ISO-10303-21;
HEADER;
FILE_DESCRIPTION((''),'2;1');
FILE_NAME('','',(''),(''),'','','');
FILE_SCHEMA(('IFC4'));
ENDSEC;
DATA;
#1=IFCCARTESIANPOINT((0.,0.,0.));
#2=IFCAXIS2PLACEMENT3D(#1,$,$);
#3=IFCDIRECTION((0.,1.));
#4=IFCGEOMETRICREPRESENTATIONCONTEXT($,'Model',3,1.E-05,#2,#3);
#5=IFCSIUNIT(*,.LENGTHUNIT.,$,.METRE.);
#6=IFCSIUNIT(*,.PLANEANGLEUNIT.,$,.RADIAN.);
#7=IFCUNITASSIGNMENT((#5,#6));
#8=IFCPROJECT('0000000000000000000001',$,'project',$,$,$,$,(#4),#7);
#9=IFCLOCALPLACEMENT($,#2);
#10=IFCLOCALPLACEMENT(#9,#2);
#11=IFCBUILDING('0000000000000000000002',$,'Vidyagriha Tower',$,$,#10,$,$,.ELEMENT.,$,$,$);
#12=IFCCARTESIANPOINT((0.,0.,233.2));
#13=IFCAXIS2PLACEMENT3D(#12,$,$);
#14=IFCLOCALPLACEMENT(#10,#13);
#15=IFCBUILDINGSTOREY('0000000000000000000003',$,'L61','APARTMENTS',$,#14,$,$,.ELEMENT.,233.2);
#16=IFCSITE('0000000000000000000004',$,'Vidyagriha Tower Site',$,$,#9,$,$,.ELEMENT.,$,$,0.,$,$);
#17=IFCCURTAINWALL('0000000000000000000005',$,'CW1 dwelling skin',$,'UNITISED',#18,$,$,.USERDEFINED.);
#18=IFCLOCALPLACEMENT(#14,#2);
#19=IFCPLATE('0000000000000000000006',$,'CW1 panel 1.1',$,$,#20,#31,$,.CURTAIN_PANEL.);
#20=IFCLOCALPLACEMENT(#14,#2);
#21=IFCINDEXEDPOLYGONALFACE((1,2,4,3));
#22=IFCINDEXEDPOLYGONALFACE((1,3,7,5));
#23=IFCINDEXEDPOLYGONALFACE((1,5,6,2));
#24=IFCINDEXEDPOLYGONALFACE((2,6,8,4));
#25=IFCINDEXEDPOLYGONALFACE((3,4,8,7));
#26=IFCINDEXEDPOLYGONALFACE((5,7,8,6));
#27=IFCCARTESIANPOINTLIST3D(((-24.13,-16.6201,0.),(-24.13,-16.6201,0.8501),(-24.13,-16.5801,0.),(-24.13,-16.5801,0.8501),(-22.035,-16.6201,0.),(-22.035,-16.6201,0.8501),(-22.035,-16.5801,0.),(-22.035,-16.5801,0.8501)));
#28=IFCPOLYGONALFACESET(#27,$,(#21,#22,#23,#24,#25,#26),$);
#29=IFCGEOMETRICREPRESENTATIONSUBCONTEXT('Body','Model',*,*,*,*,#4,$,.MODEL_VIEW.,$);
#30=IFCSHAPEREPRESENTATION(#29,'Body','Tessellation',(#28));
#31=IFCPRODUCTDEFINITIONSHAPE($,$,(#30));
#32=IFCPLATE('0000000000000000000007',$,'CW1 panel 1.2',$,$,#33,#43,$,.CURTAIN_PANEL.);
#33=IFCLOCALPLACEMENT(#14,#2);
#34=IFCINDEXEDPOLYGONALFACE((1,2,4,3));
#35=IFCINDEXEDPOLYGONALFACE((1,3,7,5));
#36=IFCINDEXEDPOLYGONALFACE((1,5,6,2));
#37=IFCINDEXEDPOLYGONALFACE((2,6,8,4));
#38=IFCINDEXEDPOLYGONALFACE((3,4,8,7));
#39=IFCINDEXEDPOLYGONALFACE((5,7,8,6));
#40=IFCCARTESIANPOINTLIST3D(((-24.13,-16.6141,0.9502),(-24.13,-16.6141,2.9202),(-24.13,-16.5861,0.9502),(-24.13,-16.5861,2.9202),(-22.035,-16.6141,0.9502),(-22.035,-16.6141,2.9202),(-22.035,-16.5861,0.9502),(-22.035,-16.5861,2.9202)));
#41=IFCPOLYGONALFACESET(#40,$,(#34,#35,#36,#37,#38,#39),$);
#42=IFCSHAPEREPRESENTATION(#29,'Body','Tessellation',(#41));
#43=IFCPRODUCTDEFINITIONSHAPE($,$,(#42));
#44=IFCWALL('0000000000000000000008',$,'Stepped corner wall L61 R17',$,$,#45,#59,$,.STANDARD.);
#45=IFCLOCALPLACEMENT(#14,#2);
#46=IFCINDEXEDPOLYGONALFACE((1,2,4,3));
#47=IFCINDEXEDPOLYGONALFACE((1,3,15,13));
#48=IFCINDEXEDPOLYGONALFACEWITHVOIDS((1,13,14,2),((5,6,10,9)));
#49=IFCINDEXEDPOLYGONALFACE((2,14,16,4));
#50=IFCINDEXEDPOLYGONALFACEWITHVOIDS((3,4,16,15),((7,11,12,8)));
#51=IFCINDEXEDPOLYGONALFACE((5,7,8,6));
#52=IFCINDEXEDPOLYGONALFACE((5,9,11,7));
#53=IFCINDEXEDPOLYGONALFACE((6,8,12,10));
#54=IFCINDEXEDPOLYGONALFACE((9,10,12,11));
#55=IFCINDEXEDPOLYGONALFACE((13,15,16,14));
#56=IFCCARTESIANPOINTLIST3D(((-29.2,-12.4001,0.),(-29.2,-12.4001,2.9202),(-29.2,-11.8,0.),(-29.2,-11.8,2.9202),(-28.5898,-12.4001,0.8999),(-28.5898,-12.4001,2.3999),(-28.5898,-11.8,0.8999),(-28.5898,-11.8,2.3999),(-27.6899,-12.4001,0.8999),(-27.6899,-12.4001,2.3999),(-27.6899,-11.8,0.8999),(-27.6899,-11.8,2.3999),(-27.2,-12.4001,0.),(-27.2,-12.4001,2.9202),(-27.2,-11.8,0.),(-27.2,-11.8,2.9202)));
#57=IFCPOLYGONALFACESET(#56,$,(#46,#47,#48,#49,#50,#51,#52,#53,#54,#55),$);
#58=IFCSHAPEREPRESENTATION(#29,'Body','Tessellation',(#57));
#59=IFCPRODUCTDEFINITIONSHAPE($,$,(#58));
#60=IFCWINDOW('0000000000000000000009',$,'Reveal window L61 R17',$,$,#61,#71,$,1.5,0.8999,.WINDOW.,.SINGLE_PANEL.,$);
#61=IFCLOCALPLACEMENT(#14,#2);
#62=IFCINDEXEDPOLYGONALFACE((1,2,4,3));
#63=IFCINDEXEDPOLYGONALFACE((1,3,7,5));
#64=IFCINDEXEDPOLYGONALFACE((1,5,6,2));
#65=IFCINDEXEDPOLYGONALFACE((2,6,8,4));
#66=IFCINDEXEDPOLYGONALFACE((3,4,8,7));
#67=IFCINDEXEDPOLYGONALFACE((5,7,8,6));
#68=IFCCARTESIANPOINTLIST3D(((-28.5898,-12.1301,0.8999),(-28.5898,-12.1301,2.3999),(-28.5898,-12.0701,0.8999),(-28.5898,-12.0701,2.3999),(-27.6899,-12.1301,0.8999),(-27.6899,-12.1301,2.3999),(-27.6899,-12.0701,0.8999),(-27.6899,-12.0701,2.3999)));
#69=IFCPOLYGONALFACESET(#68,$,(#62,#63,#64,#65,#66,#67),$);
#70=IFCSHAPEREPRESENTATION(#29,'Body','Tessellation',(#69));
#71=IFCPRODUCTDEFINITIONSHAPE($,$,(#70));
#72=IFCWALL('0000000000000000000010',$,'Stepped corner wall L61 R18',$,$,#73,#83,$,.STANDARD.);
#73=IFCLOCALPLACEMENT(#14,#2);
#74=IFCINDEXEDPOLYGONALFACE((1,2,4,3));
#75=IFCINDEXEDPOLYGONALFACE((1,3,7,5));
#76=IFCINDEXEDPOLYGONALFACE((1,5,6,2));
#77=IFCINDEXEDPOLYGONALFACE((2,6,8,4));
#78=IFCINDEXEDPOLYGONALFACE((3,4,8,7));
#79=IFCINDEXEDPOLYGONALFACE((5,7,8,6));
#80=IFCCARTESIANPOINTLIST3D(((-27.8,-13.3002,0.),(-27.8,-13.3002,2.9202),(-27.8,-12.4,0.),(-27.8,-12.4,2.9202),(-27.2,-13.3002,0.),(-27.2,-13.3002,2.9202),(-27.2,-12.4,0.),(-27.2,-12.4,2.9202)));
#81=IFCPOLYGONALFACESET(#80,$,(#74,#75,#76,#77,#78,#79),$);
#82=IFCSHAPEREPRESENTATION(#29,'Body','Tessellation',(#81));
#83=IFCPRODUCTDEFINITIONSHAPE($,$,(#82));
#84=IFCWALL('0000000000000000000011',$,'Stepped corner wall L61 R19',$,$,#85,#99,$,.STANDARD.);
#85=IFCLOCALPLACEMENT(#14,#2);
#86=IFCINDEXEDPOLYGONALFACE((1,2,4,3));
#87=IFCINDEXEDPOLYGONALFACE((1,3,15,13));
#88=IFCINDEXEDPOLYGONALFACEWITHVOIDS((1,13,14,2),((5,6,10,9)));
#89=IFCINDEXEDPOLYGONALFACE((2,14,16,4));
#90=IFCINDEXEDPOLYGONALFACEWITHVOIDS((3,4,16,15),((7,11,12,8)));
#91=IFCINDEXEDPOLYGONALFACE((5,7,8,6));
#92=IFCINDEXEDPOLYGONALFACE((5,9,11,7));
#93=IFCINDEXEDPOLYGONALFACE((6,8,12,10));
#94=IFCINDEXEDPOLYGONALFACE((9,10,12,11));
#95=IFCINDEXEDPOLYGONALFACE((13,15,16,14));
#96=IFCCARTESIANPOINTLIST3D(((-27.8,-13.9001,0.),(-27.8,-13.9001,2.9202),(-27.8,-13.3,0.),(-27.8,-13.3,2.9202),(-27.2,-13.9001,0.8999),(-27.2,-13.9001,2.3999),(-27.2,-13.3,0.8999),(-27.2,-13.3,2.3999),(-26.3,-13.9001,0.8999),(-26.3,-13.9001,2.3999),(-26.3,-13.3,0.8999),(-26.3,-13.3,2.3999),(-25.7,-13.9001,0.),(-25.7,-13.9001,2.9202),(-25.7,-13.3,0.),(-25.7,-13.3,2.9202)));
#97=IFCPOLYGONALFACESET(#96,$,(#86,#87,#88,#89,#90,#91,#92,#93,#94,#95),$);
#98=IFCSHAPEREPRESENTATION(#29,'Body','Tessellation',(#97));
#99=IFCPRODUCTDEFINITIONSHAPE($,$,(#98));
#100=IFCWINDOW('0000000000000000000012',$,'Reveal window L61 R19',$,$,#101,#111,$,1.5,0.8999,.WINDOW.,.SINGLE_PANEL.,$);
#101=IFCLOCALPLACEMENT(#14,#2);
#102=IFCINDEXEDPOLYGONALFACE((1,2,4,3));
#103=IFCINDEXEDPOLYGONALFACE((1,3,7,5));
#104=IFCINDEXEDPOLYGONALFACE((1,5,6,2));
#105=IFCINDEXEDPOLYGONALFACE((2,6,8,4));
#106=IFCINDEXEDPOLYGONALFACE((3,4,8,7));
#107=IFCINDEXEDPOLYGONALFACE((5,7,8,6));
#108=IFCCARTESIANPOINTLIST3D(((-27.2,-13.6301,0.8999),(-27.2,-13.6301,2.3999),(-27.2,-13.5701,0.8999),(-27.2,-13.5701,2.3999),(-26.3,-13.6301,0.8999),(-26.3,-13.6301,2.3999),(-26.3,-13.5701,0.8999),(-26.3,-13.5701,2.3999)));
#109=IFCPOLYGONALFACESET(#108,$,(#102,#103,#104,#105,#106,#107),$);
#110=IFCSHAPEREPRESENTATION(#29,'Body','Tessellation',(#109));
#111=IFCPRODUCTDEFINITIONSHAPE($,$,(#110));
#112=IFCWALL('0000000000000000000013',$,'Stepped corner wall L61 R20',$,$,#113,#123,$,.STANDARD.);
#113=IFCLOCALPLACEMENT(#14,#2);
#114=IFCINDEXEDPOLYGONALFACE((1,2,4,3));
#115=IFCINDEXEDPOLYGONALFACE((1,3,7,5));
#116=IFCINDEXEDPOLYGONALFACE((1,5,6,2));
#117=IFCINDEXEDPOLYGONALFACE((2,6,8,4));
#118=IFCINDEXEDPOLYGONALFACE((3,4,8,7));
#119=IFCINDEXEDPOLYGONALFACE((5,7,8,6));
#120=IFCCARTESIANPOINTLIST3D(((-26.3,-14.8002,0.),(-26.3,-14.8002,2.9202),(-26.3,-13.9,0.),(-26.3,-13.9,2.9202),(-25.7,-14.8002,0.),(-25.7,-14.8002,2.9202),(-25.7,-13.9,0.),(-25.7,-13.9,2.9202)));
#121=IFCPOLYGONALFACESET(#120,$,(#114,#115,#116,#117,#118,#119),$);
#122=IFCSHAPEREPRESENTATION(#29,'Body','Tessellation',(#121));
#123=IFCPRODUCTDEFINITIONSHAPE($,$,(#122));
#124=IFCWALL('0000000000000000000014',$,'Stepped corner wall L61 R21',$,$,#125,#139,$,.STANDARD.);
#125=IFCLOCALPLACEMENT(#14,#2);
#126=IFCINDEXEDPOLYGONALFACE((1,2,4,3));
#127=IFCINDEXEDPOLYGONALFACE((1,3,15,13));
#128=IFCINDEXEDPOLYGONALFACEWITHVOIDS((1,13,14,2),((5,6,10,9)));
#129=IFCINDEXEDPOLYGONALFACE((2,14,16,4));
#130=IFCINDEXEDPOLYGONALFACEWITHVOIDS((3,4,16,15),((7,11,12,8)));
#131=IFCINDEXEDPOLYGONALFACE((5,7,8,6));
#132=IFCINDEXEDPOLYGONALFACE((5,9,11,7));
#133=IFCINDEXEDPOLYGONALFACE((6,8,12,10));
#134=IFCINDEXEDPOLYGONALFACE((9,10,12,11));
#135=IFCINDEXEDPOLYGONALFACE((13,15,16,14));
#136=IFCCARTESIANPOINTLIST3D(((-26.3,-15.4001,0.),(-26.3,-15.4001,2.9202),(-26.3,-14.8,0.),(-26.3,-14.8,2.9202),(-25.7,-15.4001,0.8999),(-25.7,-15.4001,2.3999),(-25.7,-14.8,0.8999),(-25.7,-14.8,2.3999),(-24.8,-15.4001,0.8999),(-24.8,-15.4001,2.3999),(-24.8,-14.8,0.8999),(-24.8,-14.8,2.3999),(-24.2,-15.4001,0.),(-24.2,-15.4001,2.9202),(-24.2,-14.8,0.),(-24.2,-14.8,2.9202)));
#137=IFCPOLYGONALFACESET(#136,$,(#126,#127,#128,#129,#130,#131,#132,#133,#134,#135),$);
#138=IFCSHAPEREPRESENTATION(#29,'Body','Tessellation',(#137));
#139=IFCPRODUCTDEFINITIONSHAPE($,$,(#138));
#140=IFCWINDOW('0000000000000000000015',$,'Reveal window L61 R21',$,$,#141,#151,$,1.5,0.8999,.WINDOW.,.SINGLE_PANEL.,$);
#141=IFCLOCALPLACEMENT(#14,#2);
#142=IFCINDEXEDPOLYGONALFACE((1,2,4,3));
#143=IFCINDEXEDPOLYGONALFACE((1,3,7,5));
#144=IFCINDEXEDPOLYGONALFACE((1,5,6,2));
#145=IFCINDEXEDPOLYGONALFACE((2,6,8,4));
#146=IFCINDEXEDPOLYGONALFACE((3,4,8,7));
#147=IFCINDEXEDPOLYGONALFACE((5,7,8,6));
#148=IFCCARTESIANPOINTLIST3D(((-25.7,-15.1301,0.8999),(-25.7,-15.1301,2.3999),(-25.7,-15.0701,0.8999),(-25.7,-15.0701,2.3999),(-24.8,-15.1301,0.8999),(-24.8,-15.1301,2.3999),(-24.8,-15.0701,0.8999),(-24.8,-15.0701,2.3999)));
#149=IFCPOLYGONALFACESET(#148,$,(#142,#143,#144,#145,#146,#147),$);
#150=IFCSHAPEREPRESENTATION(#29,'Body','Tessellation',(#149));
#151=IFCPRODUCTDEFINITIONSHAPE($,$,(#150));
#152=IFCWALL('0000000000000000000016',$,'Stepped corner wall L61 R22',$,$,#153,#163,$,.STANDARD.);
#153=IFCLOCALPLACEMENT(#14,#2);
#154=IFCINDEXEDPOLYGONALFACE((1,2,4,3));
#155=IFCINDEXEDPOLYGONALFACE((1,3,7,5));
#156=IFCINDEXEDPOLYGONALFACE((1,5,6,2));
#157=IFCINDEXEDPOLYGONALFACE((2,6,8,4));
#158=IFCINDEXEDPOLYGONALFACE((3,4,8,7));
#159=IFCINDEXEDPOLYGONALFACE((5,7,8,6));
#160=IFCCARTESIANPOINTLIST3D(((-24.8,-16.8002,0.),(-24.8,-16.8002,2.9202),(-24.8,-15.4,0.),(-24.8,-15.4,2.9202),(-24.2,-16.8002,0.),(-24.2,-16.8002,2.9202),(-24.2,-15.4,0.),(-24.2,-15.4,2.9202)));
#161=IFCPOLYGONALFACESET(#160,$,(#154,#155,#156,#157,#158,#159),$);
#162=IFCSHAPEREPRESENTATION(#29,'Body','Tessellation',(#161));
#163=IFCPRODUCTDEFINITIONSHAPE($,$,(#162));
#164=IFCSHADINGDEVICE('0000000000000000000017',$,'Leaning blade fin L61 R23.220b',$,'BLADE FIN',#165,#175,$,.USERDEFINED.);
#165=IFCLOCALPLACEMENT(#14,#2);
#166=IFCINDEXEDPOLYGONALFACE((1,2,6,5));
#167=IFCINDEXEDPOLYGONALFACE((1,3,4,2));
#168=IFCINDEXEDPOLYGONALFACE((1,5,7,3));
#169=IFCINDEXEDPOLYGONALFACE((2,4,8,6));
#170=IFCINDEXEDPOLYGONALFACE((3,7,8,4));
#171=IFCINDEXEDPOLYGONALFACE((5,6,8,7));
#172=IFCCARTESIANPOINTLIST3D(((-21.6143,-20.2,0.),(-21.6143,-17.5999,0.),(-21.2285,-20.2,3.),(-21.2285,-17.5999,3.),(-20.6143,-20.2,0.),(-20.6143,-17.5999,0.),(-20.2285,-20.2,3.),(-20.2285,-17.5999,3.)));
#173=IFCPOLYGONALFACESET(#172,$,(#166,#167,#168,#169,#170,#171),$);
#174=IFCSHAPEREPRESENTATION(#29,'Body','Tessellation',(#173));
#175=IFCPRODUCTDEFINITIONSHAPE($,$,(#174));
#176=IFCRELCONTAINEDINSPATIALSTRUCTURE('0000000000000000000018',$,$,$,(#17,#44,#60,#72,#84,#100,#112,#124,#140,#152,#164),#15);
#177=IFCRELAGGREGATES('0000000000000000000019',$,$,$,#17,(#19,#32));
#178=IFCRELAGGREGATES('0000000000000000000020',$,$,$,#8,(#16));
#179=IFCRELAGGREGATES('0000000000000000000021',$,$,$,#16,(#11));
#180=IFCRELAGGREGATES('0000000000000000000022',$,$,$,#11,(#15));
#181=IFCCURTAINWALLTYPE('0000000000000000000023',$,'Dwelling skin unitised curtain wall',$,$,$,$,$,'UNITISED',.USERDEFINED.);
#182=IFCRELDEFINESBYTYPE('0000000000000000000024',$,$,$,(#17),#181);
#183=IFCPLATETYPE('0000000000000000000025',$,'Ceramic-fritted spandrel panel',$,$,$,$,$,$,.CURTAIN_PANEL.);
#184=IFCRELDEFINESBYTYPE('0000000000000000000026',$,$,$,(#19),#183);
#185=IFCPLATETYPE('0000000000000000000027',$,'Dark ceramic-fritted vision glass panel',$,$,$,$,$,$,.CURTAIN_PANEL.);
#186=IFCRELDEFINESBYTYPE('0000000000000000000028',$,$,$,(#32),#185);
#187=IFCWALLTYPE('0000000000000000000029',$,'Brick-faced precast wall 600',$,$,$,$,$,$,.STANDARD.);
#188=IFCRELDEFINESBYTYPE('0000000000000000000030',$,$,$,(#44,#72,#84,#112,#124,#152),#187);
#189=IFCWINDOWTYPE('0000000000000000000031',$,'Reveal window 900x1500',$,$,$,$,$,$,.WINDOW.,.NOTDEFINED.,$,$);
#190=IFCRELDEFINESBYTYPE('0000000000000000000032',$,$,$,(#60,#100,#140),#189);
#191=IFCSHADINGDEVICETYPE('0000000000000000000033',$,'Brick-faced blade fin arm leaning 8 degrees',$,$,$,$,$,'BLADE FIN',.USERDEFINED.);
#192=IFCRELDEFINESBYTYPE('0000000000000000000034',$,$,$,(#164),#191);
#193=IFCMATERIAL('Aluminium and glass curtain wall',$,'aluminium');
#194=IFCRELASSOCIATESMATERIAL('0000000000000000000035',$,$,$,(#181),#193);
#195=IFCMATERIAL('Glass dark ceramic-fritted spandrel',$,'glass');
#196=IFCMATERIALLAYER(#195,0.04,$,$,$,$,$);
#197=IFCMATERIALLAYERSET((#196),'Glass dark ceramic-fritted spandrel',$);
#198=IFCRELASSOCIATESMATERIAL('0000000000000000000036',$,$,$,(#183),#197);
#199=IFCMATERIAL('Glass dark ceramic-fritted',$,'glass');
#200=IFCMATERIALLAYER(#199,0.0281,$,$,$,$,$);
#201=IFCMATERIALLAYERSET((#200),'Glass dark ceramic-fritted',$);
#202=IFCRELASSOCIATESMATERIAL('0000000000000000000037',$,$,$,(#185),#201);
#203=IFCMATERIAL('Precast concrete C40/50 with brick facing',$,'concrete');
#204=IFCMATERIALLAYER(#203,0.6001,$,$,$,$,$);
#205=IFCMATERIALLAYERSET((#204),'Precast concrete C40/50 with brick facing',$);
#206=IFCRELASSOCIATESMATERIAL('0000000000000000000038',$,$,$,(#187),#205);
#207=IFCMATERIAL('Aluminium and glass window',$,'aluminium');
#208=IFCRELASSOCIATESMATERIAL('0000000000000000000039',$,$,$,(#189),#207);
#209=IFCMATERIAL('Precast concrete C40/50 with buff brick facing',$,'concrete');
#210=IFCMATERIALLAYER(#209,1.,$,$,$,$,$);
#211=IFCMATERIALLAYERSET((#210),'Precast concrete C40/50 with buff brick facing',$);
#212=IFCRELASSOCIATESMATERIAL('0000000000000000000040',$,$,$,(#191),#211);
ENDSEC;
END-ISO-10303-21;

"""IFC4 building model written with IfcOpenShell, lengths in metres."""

from ifc_helpers import new_model, si_unit, direction, frame, frame_2d, origin, origin_2d, place, context, subcontext, project, spatial, polyline, rectangle, outline, extrude, material, layer, layer_set, type_object, element, fill, aggregate, save


model = new_model("IFC4")

# Units and contexts
model_context = context("Model", 3, precision=1e-05, world=origin(), true_north=direction((0.0, 1.0)))
body_context = subcontext(model_context, "Body", "Model", "MODEL_VIEW")
ifc_project = project(units=[si_unit("LENGTHUNIT", "METRE"), si_unit("PLANEANGLEUNIT", "RADIAN")], contexts=[model_context])

# Site, building, storey
site_placement = place(None, origin())
site = spatial("IfcSite", under=ifc_project, at=site_placement, Name="Vidyagriha Tower Site", CompositionType="ELEMENT", RefElevation=0.0)
building_placement = place(site_placement, origin())
building = spatial("IfcBuilding", under=site, at=building_placement, Name="Vidyagriha Tower", CompositionType="ELEMENT")
storey_placement = place(building_placement, frame((0.0, 0.0, 233.2)))
storey = spatial("IfcBuildingStorey", under=building, at=storey_placement, Name="L61", Description="APARTMENTS", CompositionType="ELEMENT", Elevation=233.2)

# Shared definitions
ifc_material_1 = material(Name="Aluminium and glass curtain wall", Category="aluminium")
curtain_wall_type = type_object("IfcCurtainWallType", Name="Dwelling skin unitised curtain wall", ElementType="UNITISED", PredefinedType="USERDEFINED", material=ifc_material_1)

# Curtain wall, plates
curtain_wall_1_placement = place(storey_placement, origin())
curtain_wall_1 = element("IfcCurtainWall", 1, at=curtain_wall_1_placement, inside=storey, type_object=curtain_wall_type, Name="CW1 dwelling skin", ObjectType="UNITISED", PredefinedType="USERDEFINED")
ifc_material_2 = material(Name="Glass dark ceramic-fritted spandrel", Category="glass")
ifc_layer_1 = layer(ifc_material_2, 0.04)
ifc_layer_set_1 = layer_set([ifc_layer_1], Name="Glass dark ceramic-fritted spandrel")
plate_type_1 = type_object("IfcPlateType", Name="Ceramic-fritted spandrel panel", PredefinedType="CURTAIN_PANEL", material=ifc_layer_set_1)
plate_1_placement = place(storey_placement, frame((-23.0825, -16.6001, 0.0)))
plate_1 = element("IfcPlate", 2, at=plate_1_placement, type_object=plate_type_1, Name="CW1 panel 1.1", PredefinedType="CURTAIN_PANEL", context=body_context, shape_type="SweptSolid", body=[
    extrude(rectangle(XDim=2.095, YDim=0.04, at=origin_2d()), origin(), (0.0, 0.0, 1.0), 0.8501),
])
ifc_material_3 = material(Name="Glass dark ceramic-fritted", Category="glass")
ifc_layer_2 = layer(ifc_material_3, 0.0281)
ifc_layer_set_2 = layer_set([ifc_layer_2], Name="Glass dark ceramic-fritted")
plate_type_2 = type_object("IfcPlateType", Name="Dark ceramic-fritted vision glass panel", PredefinedType="CURTAIN_PANEL", material=ifc_layer_set_2)
plate_2_placement = place(storey_placement, frame((-23.0825, -16.6001, 0.9502)))
plate_2 = element("IfcPlate", 3, at=plate_2_placement, type_object=plate_type_2, Name="CW1 panel 1.2", PredefinedType="CURTAIN_PANEL", context=body_context, shape_type="SweptSolid", body=[
    extrude(rectangle(XDim=2.095, YDim=0.0281, at=origin_2d()), origin(), (0.0, 0.0, 1.0), 1.97),
])
aggregate(curtain_wall_1, [plate_1, plate_2])

# Wall, opening, window
ifc_material_4 = material(Name="Precast concrete C40/50 with brick facing", Category="concrete")
ifc_layer_3 = layer(ifc_material_4, 0.6001)
ifc_layer_set_3 = layer_set([ifc_layer_3], Name="Precast concrete C40/50 with brick facing")
wall_type = type_object("IfcWallType", Name="Brick-faced precast wall 600", PredefinedType="STANDARD", material=ifc_layer_set_3)
wall_1_placement = place(storey_placement, frame((-29.2, -12.1001, 0.0)))
wall_1 = element("IfcWall", 4, at=wall_1_placement, inside=storey, type_object=wall_type, Name="Stepped corner wall L61 R17", PredefinedType="STANDARD", context=body_context, shape_type="SweptSolid", body=[
    extrude(rectangle(XDim=2.0, YDim=0.6001, at=frame_2d((1.0, 0.0))), origin(), (0.0, 0.0, 1.0), 2.9202),
])
opening_1_placement = place(wall_1_placement, frame((0.6101, 0.0, 0.8999)))
opening_1 = element("IfcOpeningElement", 5, at=opening_1_placement, cuts=wall_1, PredefinedType="OPENING", context=body_context, shape_type="SweptSolid", body=[
    extrude(rectangle(XDim=0.8999, YDim=1.5, at=frame_2d((0.45, 0.75))), frame((0.0, 0.3101, 0.0), z_axis=(0.0, -1.0, 0.0), x_axis=(1.0, 0.0, 0.0)), (0.0, 0.0, 1.0), 0.6201),
])
ifc_material_5 = material(Name="Aluminium and glass window", Category="aluminium")
window_type = type_object("IfcWindowType", Name="Reveal window 900x1500", PartitioningType="NOTDEFINED", PredefinedType="WINDOW", material=ifc_material_5)
window_1_placement = place(opening_1_placement, origin())
window_1 = element("IfcWindow", 6, at=window_1_placement, inside=storey, type_object=window_type, Name="Reveal window L61 R17", OverallHeight=1.5, OverallWidth=0.8999, PartitioningType="SINGLE_PANEL", PredefinedType="WINDOW", context=body_context, shape_type="SweptSolid", body=[
    extrude(rectangle(XDim=0.8999, YDim=1.5, at=frame_2d((0.45, 0.75))), frame((0.0, 0.03, 0.0), z_axis=(0.0, -1.0, 0.0), x_axis=(1.0, 0.0, 0.0)), (0.0, 0.0, 1.0), 0.0601),
])
fill(opening_1, window_1)

# Wall
wall_2_placement = place(storey_placement, frame((-27.5, -12.3999, 0.0), z_axis=(0.0, 0.0, 1.0), x_axis=(0.0, -1.0, 0.0)))
element("IfcWall", 7, at=wall_2_placement, inside=storey, type_object=wall_type, Name="Stepped corner wall L61 R18", PredefinedType="STANDARD", context=body_context, shape_type="SweptSolid", body=[
    extrude(rectangle(XDim=0.9001, YDim=0.6001, at=frame_2d((0.4502, 0.0))), origin(), (0.0, 0.0, 1.0), 2.9202),
])

# Wall, opening, window
wall_3_placement = place(storey_placement, frame((-27.8, -13.6001, 0.0)))
wall_3 = element("IfcWall", 8, at=wall_3_placement, inside=storey, type_object=wall_type, Name="Stepped corner wall L61 R19", PredefinedType="STANDARD", context=body_context, shape_type="SweptSolid", body=[
    extrude(rectangle(XDim=2.1001, YDim=0.6001, at=frame_2d((1.05, 0.0))), origin(), (0.0, 0.0, 1.0), 2.9202),
])
opening_2_placement = place(wall_3_placement, frame((0.6001, 0.0, 0.8999)))
opening_2 = element("IfcOpeningElement", 9, at=opening_2_placement, cuts=wall_3, PredefinedType="OPENING", context=body_context, shape_type="SweptSolid", body=[
    extrude(rectangle(XDim=0.8999, YDim=1.5, at=frame_2d((0.45, 0.75))), frame((0.0, 0.3101, 0.0), z_axis=(0.0, -1.0, 0.0), x_axis=(1.0, 0.0, 0.0)), (0.0, 0.0, 1.0), 0.6201),
])
window_2_placement = place(opening_2_placement, origin())
window_2 = element("IfcWindow", 10, at=window_2_placement, inside=storey, type_object=window_type, Name="Reveal window L61 R19", OverallHeight=1.5, OverallWidth=0.8999, PartitioningType="SINGLE_PANEL", PredefinedType="WINDOW", context=body_context, shape_type="SweptSolid", body=[
    extrude(rectangle(XDim=0.8999, YDim=1.5, at=frame_2d((0.45, 0.75))), frame((0.0, 0.03, 0.0), z_axis=(0.0, -1.0, 0.0), x_axis=(1.0, 0.0, 0.0)), (0.0, 0.0, 1.0), 0.0601),
])
fill(opening_2, window_2)

# Wall
wall_4_placement = place(storey_placement, frame((-26.0, -13.8999, 0.0), z_axis=(0.0, 0.0, 1.0), x_axis=(0.0, -1.0, 0.0)))
element("IfcWall", 11, at=wall_4_placement, inside=storey, type_object=wall_type, Name="Stepped corner wall L61 R20", PredefinedType="STANDARD", context=body_context, shape_type="SweptSolid", body=[
    extrude(rectangle(XDim=0.9001, YDim=0.6001, at=frame_2d((0.4502, 0.0))), origin(), (0.0, 0.0, 1.0), 2.9202),
])

# Wall, opening, window
wall_5_placement = place(storey_placement, frame((-26.3, -15.1001, 0.0)))
wall_5 = element("IfcWall", 12, at=wall_5_placement, inside=storey, type_object=wall_type, Name="Stepped corner wall L61 R21", PredefinedType="STANDARD", context=body_context, shape_type="SweptSolid", body=[
    extrude(rectangle(XDim=2.1001, YDim=0.6001, at=frame_2d((1.05, 0.0))), origin(), (0.0, 0.0, 1.0), 2.9202),
])
opening_3_placement = place(wall_5_placement, frame((0.6001, 0.0, 0.8999)))
opening_3 = element("IfcOpeningElement", 13, at=opening_3_placement, cuts=wall_5, PredefinedType="OPENING", context=body_context, shape_type="SweptSolid", body=[
    extrude(rectangle(XDim=0.8999, YDim=1.5, at=frame_2d((0.45, 0.75))), frame((0.0, 0.3101, 0.0), z_axis=(0.0, -1.0, 0.0), x_axis=(1.0, 0.0, 0.0)), (0.0, 0.0, 1.0), 0.6201),
])
window_3_placement = place(opening_3_placement, origin())
window_3 = element("IfcWindow", 14, at=window_3_placement, inside=storey, type_object=window_type, Name="Reveal window L61 R21", OverallHeight=1.5, OverallWidth=0.8999, PartitioningType="SINGLE_PANEL", PredefinedType="WINDOW", context=body_context, shape_type="SweptSolid", body=[
    extrude(rectangle(XDim=0.8999, YDim=1.5, at=frame_2d((0.45, 0.75))), frame((0.0, 0.03, 0.0), z_axis=(0.0, -1.0, 0.0), x_axis=(1.0, 0.0, 0.0)), (0.0, 0.0, 1.0), 0.0601),
])
fill(opening_3, window_3)

# Wall
wall_6_placement = place(storey_placement, frame((-24.5, -15.3999, 0.0), z_axis=(0.0, 0.0, 1.0), x_axis=(0.0, -1.0, 0.0)))
element("IfcWall", 15, at=wall_6_placement, inside=storey, type_object=wall_type, Name="Stepped corner wall L61 R22", PredefinedType="STANDARD", context=body_context, shape_type="SweptSolid", body=[
    extrude(rectangle(XDim=1.4001, YDim=0.6001, at=frame_2d((0.7002, 0.0))), origin(), (0.0, 0.0, 1.0), 2.9202),
])

# Shading device
ifc_material_6 = material(Name="Precast concrete C40/50 with buff brick facing", Category="concrete")
ifc_layer_4 = layer(ifc_material_6, 1.0)
ifc_layer_set_4 = layer_set([ifc_layer_4], Name="Precast concrete C40/50 with buff brick facing")
shading_device_type = type_object("IfcShadingDeviceType", Name="Brick-faced blade fin arm leaning 8 degrees", ElementType="BLADE FIN", PredefinedType="USERDEFINED", material=ifc_layer_set_4)
shading_device_placement = place(storey_placement, frame((-21.6143, -18.8999, 0.0)))
element("IfcShadingDevice", 16, at=shading_device_placement, inside=storey, type_object=shading_device_type, Name="Leaning blade fin L61 R23.220b", ObjectType="BLADE FIN", PredefinedType="USERDEFINED", context=body_context, shape_type="SweptSolid", body=[
    extrude(outline(polyline([(0.0, 0.0), (1.0, 0.0), (1.3857, 3.0), (0.3857, 3.0), (0.0, 0.0)])), frame((0.0, 1.3, 0.0), z_axis=(0.0, -1.0, 0.0), x_axis=(1.0, 0.0, 0.0)), (0.0, 0.0, 1.0), 2.6001),
])

save(model, "model.ifc")
